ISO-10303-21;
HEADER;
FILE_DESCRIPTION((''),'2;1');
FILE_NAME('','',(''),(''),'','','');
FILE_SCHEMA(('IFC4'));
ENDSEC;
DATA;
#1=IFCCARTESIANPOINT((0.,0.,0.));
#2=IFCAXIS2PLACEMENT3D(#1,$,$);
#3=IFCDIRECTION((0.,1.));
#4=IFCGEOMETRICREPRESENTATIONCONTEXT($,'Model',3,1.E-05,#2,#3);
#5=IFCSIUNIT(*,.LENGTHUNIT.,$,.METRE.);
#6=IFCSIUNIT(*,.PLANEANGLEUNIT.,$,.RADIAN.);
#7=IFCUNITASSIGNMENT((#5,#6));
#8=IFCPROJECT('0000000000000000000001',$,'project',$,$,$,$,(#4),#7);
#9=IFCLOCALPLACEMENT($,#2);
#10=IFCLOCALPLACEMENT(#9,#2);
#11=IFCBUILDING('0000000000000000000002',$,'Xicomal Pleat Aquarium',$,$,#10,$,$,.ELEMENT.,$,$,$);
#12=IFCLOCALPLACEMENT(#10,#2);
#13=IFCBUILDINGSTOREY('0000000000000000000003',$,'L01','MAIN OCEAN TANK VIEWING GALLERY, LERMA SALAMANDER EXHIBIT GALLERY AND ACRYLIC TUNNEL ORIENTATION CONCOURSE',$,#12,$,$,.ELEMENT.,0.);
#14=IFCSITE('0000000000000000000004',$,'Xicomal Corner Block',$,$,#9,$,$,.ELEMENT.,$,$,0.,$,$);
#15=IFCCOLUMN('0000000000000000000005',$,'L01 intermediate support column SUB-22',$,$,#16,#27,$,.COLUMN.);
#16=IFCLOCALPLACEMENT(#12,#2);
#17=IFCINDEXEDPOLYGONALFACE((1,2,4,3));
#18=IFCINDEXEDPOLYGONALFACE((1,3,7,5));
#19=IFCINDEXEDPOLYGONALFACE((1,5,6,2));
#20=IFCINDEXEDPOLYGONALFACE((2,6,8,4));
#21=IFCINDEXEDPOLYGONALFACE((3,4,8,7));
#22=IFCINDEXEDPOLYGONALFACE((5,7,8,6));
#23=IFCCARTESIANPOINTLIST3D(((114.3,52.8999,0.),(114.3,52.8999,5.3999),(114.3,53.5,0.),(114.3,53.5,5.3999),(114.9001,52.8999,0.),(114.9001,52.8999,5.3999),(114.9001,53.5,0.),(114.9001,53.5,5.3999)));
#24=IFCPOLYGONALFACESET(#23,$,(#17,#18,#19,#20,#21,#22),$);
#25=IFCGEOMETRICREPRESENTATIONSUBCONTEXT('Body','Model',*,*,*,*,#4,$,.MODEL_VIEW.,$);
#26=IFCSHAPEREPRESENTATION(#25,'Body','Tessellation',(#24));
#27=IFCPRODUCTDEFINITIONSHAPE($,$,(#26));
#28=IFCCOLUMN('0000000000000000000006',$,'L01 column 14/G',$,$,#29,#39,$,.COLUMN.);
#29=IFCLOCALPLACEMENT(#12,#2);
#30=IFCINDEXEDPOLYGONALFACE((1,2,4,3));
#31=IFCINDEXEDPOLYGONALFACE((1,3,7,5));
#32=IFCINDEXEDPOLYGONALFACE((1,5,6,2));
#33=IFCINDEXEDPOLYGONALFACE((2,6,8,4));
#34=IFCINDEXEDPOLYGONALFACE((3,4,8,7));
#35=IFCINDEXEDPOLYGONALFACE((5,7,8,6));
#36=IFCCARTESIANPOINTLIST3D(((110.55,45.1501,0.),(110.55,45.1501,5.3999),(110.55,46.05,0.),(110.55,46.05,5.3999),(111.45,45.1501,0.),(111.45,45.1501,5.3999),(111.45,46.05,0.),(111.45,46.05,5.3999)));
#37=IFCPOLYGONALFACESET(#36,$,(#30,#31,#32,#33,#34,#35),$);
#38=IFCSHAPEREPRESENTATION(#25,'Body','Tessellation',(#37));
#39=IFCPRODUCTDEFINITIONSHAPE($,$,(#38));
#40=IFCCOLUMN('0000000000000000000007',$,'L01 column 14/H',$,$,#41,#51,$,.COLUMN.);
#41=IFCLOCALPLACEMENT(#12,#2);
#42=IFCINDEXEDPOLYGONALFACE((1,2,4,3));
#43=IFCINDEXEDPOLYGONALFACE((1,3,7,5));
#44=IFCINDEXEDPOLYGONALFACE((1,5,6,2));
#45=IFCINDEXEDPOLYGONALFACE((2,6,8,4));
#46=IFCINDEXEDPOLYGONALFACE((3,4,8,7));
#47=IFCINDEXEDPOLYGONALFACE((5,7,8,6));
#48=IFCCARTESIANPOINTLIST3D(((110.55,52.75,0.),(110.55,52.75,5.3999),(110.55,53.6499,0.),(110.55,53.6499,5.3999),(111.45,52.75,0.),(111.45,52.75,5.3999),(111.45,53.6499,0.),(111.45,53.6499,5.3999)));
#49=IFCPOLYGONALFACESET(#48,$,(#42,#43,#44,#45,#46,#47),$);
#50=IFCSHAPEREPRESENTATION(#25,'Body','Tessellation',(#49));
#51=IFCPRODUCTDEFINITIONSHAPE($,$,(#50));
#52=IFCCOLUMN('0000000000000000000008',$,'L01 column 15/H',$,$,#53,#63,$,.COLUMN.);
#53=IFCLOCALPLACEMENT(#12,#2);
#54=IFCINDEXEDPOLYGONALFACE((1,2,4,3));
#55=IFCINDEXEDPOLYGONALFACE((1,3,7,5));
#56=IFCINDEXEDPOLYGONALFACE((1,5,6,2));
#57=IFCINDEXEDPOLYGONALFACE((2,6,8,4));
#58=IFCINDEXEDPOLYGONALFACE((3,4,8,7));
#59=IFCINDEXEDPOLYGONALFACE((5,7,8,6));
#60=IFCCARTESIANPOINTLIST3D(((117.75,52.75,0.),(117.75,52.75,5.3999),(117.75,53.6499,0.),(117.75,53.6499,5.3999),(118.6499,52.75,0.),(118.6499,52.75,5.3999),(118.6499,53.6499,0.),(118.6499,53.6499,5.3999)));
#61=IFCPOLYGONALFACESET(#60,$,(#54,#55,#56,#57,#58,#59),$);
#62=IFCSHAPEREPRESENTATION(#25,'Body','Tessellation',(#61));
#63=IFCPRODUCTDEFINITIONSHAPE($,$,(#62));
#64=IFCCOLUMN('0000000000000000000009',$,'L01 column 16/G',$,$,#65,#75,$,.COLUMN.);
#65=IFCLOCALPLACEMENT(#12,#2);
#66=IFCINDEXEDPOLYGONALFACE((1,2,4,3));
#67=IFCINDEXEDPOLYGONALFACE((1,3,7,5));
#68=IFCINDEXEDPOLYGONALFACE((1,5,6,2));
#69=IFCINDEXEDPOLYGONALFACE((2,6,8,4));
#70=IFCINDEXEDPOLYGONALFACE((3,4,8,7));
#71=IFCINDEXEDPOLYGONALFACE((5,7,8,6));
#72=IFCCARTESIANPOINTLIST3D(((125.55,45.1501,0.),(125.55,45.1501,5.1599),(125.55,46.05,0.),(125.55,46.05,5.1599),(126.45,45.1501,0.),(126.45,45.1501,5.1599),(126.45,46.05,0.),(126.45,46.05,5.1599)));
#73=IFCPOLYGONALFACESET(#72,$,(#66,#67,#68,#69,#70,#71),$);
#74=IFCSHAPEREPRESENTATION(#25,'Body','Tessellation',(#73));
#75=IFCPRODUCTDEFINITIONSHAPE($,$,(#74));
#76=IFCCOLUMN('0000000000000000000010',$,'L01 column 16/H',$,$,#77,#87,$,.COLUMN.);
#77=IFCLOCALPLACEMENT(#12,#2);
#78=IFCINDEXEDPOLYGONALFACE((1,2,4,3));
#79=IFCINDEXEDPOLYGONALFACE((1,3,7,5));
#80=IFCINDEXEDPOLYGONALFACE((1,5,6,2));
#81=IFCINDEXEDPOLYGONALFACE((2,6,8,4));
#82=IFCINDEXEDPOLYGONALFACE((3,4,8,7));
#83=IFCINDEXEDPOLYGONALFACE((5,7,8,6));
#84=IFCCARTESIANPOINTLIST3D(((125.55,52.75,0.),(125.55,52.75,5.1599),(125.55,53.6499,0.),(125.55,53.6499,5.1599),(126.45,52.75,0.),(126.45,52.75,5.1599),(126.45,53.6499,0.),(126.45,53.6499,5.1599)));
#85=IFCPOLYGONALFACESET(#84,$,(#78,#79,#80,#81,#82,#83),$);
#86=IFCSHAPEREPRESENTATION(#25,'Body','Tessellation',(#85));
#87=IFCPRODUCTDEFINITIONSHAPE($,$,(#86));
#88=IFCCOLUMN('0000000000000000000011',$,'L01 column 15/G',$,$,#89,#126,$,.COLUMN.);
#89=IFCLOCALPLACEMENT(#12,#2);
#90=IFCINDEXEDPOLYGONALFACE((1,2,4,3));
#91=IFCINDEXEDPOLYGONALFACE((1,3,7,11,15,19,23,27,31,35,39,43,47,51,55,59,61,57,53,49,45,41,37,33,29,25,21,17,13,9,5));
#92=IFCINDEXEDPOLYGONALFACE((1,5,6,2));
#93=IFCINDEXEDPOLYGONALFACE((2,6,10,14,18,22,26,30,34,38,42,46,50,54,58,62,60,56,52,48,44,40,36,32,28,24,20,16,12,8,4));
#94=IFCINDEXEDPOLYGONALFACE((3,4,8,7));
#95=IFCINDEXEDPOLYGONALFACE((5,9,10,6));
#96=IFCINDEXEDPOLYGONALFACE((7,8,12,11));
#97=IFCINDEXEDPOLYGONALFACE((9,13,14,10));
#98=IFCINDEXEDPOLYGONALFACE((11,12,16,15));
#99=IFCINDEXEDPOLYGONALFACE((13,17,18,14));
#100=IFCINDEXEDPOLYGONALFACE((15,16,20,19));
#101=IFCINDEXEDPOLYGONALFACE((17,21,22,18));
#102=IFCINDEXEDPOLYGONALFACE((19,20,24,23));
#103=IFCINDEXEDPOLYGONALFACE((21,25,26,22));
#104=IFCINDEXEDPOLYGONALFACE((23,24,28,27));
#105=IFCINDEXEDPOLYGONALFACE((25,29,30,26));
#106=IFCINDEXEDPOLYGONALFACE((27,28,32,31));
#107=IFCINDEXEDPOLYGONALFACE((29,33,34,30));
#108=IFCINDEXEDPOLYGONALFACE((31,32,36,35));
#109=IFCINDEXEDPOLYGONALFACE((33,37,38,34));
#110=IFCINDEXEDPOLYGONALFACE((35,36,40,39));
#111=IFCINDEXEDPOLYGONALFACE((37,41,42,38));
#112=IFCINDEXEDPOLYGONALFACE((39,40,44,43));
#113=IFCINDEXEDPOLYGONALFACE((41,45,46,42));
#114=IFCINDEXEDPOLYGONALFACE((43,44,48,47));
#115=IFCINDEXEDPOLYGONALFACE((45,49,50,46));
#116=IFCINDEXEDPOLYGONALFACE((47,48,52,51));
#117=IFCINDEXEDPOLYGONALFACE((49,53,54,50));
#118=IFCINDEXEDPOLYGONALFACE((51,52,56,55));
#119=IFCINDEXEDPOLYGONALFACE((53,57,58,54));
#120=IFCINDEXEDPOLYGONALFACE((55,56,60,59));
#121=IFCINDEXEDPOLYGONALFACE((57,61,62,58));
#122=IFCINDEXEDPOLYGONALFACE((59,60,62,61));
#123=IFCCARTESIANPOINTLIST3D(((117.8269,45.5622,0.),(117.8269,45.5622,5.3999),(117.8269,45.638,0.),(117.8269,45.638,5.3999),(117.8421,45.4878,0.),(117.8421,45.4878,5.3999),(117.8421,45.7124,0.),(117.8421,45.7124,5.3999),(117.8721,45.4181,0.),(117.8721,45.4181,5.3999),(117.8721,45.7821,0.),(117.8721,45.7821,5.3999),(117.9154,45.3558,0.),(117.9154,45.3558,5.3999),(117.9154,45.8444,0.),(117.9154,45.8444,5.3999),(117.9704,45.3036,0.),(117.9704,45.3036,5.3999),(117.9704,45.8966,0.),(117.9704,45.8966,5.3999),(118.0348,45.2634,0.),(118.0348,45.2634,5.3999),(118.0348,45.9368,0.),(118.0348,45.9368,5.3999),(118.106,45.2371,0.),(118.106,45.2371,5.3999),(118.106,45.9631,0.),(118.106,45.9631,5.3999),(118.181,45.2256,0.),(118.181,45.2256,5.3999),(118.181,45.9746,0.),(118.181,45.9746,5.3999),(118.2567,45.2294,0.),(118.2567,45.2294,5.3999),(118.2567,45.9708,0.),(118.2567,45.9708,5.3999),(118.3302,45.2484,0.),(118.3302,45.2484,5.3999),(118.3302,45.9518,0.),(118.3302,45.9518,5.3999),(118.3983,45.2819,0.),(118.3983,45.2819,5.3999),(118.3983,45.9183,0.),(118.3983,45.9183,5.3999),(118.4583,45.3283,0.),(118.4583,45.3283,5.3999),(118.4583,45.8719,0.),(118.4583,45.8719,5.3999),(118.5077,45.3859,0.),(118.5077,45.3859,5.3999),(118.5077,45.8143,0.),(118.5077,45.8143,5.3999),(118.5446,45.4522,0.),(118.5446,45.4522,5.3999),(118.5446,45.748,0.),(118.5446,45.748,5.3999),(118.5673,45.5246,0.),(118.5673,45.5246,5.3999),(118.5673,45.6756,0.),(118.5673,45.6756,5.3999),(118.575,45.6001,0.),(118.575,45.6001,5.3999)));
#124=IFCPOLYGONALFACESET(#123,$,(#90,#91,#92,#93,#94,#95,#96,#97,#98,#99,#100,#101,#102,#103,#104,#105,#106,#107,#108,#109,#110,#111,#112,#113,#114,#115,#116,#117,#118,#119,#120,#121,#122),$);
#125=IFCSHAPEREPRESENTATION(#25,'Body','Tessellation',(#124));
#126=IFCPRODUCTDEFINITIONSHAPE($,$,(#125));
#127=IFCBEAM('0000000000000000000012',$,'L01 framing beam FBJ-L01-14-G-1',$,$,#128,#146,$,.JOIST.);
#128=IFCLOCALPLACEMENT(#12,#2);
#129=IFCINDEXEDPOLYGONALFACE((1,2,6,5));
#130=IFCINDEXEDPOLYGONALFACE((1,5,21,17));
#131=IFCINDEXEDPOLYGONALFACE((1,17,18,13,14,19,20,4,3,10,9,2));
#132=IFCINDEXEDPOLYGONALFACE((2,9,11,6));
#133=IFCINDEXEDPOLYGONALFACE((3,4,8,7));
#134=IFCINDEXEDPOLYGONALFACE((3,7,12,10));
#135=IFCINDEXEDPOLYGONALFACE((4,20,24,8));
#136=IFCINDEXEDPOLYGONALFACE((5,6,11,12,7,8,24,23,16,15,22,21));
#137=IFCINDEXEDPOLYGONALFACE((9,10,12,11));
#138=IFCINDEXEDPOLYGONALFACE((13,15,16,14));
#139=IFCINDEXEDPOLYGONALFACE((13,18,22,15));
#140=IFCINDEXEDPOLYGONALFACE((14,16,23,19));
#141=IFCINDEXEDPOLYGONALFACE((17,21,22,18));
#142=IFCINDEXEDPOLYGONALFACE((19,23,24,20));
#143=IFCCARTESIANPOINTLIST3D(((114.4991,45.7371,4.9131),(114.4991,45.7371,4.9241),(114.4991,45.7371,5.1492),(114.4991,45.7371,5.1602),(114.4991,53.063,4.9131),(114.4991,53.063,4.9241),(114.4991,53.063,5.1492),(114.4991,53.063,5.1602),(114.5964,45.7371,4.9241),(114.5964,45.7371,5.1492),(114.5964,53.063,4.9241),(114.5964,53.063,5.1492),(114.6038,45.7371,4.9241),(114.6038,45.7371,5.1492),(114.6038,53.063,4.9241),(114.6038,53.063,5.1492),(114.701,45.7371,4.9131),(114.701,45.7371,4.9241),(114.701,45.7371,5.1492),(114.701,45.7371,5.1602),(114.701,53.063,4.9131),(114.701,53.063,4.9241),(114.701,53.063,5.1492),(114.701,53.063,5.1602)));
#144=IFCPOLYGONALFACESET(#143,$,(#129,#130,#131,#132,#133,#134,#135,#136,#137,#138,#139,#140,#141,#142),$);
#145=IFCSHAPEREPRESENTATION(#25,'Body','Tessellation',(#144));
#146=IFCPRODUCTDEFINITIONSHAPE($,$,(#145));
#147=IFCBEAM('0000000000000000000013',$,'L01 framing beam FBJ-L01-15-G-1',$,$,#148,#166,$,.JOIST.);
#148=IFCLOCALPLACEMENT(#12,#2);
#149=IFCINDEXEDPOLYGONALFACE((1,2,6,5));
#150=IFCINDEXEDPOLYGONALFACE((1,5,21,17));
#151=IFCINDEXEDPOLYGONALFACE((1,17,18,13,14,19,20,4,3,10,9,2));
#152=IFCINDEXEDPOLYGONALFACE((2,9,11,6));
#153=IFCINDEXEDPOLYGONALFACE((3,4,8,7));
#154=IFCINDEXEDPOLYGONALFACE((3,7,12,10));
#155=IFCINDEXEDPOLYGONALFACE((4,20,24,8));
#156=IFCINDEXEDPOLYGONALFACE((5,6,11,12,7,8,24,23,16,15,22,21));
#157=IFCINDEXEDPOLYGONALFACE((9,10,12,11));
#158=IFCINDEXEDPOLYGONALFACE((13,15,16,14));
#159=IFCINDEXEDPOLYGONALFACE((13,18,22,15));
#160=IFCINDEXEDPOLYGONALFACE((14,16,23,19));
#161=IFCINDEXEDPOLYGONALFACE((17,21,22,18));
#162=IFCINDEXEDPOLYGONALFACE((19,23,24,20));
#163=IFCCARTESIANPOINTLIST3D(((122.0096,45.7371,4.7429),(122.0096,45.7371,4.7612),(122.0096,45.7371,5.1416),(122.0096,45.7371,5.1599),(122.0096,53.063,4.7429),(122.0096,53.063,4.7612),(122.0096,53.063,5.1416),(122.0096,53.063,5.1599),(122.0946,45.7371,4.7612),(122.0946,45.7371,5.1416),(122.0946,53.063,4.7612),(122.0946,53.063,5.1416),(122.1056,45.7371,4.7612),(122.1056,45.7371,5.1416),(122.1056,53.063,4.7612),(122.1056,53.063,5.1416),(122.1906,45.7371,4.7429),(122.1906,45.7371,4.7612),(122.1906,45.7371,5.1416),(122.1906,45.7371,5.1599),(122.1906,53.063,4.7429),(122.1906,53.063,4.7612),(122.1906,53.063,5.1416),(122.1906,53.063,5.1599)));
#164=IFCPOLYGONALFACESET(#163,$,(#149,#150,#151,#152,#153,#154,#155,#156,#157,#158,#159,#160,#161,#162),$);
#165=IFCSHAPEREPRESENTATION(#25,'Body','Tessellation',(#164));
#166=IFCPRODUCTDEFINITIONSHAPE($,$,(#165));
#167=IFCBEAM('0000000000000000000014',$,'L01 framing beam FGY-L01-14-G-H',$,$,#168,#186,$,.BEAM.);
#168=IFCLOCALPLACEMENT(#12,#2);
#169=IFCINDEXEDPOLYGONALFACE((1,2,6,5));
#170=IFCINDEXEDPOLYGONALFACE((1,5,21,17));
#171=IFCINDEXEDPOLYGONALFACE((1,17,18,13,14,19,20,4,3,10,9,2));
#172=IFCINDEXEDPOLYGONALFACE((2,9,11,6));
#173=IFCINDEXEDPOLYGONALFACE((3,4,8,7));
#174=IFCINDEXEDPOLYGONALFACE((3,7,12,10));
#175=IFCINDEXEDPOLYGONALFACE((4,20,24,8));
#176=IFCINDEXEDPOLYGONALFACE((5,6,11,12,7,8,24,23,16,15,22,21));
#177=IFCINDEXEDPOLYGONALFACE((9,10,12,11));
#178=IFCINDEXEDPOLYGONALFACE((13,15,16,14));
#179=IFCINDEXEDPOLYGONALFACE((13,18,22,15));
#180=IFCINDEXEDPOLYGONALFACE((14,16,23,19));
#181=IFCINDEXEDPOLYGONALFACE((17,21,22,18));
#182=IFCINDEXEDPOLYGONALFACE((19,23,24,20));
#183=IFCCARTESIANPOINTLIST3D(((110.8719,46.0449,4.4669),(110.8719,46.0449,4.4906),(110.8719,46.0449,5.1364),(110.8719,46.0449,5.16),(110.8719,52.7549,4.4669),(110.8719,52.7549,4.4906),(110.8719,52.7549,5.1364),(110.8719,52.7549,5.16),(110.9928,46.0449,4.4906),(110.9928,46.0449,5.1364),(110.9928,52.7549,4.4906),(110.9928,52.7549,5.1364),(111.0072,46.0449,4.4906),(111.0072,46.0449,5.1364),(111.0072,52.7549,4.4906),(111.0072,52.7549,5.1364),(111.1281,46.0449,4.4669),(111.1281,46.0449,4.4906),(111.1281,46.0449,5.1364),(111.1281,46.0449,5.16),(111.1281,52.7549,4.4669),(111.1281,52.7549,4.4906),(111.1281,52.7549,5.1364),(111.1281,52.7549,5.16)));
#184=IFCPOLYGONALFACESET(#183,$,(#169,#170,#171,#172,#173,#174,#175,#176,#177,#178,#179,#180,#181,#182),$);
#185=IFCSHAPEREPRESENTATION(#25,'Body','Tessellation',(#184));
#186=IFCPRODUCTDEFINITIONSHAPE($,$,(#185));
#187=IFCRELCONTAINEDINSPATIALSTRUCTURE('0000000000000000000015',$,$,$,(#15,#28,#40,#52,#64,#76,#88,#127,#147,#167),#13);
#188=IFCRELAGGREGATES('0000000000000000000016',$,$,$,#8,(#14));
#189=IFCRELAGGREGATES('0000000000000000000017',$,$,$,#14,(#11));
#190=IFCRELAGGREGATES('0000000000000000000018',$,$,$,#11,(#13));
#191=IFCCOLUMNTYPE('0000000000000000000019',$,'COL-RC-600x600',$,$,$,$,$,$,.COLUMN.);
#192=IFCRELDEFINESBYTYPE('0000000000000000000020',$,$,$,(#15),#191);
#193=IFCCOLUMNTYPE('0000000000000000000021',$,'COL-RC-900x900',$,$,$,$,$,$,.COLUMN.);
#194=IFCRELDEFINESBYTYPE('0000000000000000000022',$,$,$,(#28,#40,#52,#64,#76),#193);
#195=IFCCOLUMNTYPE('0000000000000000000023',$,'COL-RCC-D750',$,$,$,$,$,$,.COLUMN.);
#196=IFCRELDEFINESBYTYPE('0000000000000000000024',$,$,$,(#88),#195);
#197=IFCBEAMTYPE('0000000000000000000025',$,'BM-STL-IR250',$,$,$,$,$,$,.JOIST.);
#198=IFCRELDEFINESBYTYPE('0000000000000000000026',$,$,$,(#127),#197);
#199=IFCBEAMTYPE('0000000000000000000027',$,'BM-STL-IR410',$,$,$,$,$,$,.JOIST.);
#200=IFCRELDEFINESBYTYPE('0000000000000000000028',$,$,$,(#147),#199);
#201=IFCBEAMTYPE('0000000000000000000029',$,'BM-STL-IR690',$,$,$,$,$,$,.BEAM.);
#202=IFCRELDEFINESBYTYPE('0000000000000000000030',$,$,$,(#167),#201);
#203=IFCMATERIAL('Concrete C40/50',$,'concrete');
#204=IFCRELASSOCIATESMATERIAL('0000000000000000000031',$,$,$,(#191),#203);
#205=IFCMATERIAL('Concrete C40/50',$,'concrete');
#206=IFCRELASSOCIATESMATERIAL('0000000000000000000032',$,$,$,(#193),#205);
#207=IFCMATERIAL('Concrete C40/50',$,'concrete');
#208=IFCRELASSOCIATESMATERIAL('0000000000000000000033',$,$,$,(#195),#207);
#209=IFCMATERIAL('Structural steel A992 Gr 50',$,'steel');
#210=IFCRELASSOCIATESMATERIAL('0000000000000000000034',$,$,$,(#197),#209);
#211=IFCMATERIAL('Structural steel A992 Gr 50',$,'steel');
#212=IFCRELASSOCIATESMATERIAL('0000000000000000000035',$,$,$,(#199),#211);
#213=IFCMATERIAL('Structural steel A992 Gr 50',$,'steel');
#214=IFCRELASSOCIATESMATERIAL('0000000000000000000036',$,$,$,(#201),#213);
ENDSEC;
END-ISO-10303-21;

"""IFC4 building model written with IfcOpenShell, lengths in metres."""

from ifc_helpers import new_model, si_unit, direction, frame, origin, origin_2d, place, context, subcontext, project, spatial, rectangle, circle, i_section, extrude, material, material_profile, profile_set, type_object, element, save


model = new_model("IFC4")

# Units and contexts
model_context = context("Model", 3, precision=1e-05, world=origin(), true_north=direction((0.0, 1.0)))
body_context = subcontext(model_context, "Body", "Model", "MODEL_VIEW")
ifc_project = project(units=[si_unit("LENGTHUNIT", "METRE"), si_unit("PLANEANGLEUNIT", "RADIAN")], contexts=[model_context])

# Site, building, storey
site_placement = place(None, origin())
site = spatial("IfcSite", under=ifc_project, at=site_placement, Name="Xicomal Corner Block", CompositionType="ELEMENT", RefElevation=0.0)
building_placement = place(site_placement, origin())
building = spatial("IfcBuilding", under=site, at=building_placement, Name="Xicomal Pleat Aquarium", CompositionType="ELEMENT")
storey_placement = place(building_placement, origin())
storey = spatial("IfcBuildingStorey", under=building, at=storey_placement, Name="L01", Description="MAIN OCEAN TANK VIEWING GALLERY, LERMA SALAMANDER EXHIBIT GALLERY AND ACRYLIC TUNNEL ORIENTATION CONCOURSE", CompositionType="ELEMENT", Elevation=0.0)

# Columns
ifc_material_1 = material(Name="Concrete C40/50", Category="concrete")
ifc_material_profile_1 = material_profile(ifc_material_1, rectangle(XDim=0.6001, YDim=0.6001, at=origin_2d()), Name="RC 600x600")
ifc_profile_set_1 = profile_set([ifc_material_profile_1], Name="Concrete C40/50")
column_type_1 = type_object("IfcColumnType", Name="COL-RC-600x600", PredefinedType="COLUMN", material=ifc_profile_set_1)
column_1_placement = place(storey_placement, frame((114.6001, 53.2, 0.0), z_axis=(0.0, 0.0, 1.0), x_axis=(1.0, 0.0, 0.0)))
element("IfcColumn", 1, at=column_1_placement, inside=storey, type_object=column_type_1, Name="L01 intermediate support column SUB-22", PredefinedType="COLUMN", context=body_context, shape_type="SweptSolid", body=[
    extrude(rectangle(XDim=0.6001, YDim=0.6001, at=origin_2d()), origin(), (0.0, 0.0, 1.0), 5.3999),
])
ifc_material_2 = material(Name="Concrete C40/50", Category="concrete")
ifc_material_profile_2 = material_profile(ifc_material_2, rectangle(XDim=0.8999, YDim=0.8999, at=origin_2d()), Name="RC 900x900")
ifc_profile_set_2 = profile_set([ifc_material_profile_2], Name="Concrete C40/50")
column_type_2 = type_object("IfcColumnType", Name="COL-RC-900x900", PredefinedType="COLUMN", material=ifc_profile_set_2)
for number, where, z_axis, x_axis, name in (
    (2, (111.0, 45.6001, 0.0), (0.0, 0.0, 1.0), (1.0, 0.0, 0.0), "L01 column 14/G"),
    (3, (111.0, 53.2, 0.0), (0.0, 0.0, 1.0), (1.0, 0.0, 0.0), "L01 column 14/H"),
    (4, (118.2, 53.2, 0.0), (0.0, 0.0, 1.0), (1.0, 0.0, 0.0), "L01 column 15/H"),
):
    element("IfcColumn", number, at=place(storey_placement, frame(where, z_axis=z_axis, x_axis=x_axis)), inside=storey, type_object=column_type_2, Name=name, PredefinedType="COLUMN", context=body_context, shape_type="SweptSolid", body=[
        extrude(rectangle(XDim=0.8999, YDim=0.8999, at=origin_2d()), origin(), (0.0, 0.0, 1.0), 5.3999),
    ])
for number, where, z_axis, x_axis, name in (
    (5, (126.0, 45.6001, 0.0), (0.0, 0.0, 1.0), (1.0, 0.0, 0.0), "L01 column 16/G"),
    (6, (126.0, 53.2, 0.0), (0.0, 0.0, 1.0), (1.0, 0.0, 0.0), "L01 column 16/H"),
):
    element("IfcColumn", number, at=place(storey_placement, frame(where, z_axis=z_axis, x_axis=x_axis)), inside=storey, type_object=column_type_2, Name=name, PredefinedType="COLUMN", context=body_context, shape_type="SweptSolid", body=[
        extrude(rectangle(XDim=0.8999, YDim=0.8999, at=origin_2d()), origin(), (0.0, 0.0, 1.0), 5.1599),
    ])
ifc_material_3 = material(Name="Concrete C40/50", Category="concrete")
ifc_material_profile_3 = material_profile(ifc_material_3, circle(Radius=0.375, at=origin_2d()), Name="RCC D750")
ifc_profile_set_3 = profile_set([ifc_material_profile_3], Name="Concrete C40/50")
column_type_3 = type_object("IfcColumnType", Name="COL-RCC-D750", PredefinedType="COLUMN", material=ifc_profile_set_3)
column_2_placement = place(storey_placement, frame((118.2, 45.6001, 0.0), z_axis=(0.0, 0.0, 1.0), x_axis=(1.0, 0.0, 0.0)))
element("IfcColumn", 7, at=column_2_placement, inside=storey, type_object=column_type_3, Name="L01 column 15/G", PredefinedType="COLUMN", context=body_context, shape_type="SweptSolid", body=[
    extrude(circle(Radius=0.375, at=origin_2d()), origin(), (0.0, 0.0, 1.0), 5.3999),
])

# Beams
ifc_material_4 = material(Name="Structural steel A992 Gr 50", Category="steel")
ifc_material_profile_4 = material_profile(ifc_material_4, i_section(OverallWidth=0.2019, OverallDepth=0.2471, WebThickness=0.0073, FlangeThickness=0.011, at=origin_2d()), Name="IR 250x49")
ifc_profile_set_4 = profile_set([ifc_material_profile_4], Name="Structural steel A992 Gr 50")
beam_type_1 = type_object("IfcBeamType", Name="BM-STL-IR250", PredefinedType="JOIST", material=ifc_profile_set_4)
beam_1_placement = place(storey_placement, frame((114.6001, 45.7371, 5.0366), z_axis=(0.0, 1.0, 0.0), x_axis=(-1.0, 0.0, 0.0)))
element("IfcBeam", 8, at=beam_1_placement, inside=storey, type_object=beam_type_1, Name="L01 framing beam FBJ-L01-14-G-1", PredefinedType="JOIST", context=body_context, shape_type="SweptSolid", body=[
    extrude(i_section(OverallWidth=0.2019, OverallDepth=0.2471, WebThickness=0.0073, FlangeThickness=0.011, at=origin_2d()), origin(), (0.0, 0.0, 1.0), 7.3259),
])
ifc_material_5 = material(Name="Structural steel A992 Gr 50", Category="steel")
ifc_material_profile_5 = material_profile(ifc_material_5, i_section(OverallWidth=0.1809, OverallDepth=0.417, WebThickness=0.011, FlangeThickness=0.0183, at=origin_2d()), Name="IR 410x85")
ifc_profile_set_5 = profile_set([ifc_material_profile_5], Name="Structural steel A992 Gr 50")
beam_type_2 = type_object("IfcBeamType", Name="BM-STL-IR410", PredefinedType="JOIST", material=ifc_profile_set_5)
beam_2_placement = place(storey_placement, frame((122.1001, 45.7371, 4.9514), z_axis=(0.0, 1.0, 0.0), x_axis=(-1.0, 0.0, 0.0)))
element("IfcBeam", 9, at=beam_2_placement, inside=storey, type_object=beam_type_2, Name="L01 framing beam FBJ-L01-15-G-1", PredefinedType="JOIST", context=body_context, shape_type="SweptSolid", body=[
    extrude(i_section(OverallWidth=0.1809, OverallDepth=0.417, WebThickness=0.011, FlangeThickness=0.0183, at=origin_2d()), origin(), (0.0, 0.0, 1.0), 7.3259),
])
ifc_material_6 = material(Name="Structural steel A992 Gr 50", Category="steel")
ifc_material_profile_6 = material_profile(ifc_material_6, i_section(OverallWidth=0.2561, OverallDepth=0.6931, WebThickness=0.0144, FlangeThickness=0.0237, at=origin_2d()), Name="IR 690x170")
ifc_profile_set_6 = profile_set([ifc_material_profile_6], Name="Structural steel A992 Gr 50")
beam_type_3 = type_object("IfcBeamType", Name="BM-STL-IR690", PredefinedType="BEAM", material=ifc_profile_set_6)
beam_3_placement = place(storey_placement, frame((111.0, 46.0449, 4.8135), z_axis=(0.0, 1.0, 0.0), x_axis=(-1.0, 0.0, 0.0)))
element("IfcBeam", 10, at=beam_3_placement, inside=storey, type_object=beam_type_3, Name="L01 framing beam FGY-L01-14-G-H", PredefinedType="BEAM", context=body_context, shape_type="SweptSolid", body=[
    extrude(i_section(OverallWidth=0.2561, OverallDepth=0.6931, WebThickness=0.0144, FlangeThickness=0.0237, at=origin_2d()), origin(), (0.0, 0.0, 1.0), 6.71),
])

save(model, "model.ifc")
